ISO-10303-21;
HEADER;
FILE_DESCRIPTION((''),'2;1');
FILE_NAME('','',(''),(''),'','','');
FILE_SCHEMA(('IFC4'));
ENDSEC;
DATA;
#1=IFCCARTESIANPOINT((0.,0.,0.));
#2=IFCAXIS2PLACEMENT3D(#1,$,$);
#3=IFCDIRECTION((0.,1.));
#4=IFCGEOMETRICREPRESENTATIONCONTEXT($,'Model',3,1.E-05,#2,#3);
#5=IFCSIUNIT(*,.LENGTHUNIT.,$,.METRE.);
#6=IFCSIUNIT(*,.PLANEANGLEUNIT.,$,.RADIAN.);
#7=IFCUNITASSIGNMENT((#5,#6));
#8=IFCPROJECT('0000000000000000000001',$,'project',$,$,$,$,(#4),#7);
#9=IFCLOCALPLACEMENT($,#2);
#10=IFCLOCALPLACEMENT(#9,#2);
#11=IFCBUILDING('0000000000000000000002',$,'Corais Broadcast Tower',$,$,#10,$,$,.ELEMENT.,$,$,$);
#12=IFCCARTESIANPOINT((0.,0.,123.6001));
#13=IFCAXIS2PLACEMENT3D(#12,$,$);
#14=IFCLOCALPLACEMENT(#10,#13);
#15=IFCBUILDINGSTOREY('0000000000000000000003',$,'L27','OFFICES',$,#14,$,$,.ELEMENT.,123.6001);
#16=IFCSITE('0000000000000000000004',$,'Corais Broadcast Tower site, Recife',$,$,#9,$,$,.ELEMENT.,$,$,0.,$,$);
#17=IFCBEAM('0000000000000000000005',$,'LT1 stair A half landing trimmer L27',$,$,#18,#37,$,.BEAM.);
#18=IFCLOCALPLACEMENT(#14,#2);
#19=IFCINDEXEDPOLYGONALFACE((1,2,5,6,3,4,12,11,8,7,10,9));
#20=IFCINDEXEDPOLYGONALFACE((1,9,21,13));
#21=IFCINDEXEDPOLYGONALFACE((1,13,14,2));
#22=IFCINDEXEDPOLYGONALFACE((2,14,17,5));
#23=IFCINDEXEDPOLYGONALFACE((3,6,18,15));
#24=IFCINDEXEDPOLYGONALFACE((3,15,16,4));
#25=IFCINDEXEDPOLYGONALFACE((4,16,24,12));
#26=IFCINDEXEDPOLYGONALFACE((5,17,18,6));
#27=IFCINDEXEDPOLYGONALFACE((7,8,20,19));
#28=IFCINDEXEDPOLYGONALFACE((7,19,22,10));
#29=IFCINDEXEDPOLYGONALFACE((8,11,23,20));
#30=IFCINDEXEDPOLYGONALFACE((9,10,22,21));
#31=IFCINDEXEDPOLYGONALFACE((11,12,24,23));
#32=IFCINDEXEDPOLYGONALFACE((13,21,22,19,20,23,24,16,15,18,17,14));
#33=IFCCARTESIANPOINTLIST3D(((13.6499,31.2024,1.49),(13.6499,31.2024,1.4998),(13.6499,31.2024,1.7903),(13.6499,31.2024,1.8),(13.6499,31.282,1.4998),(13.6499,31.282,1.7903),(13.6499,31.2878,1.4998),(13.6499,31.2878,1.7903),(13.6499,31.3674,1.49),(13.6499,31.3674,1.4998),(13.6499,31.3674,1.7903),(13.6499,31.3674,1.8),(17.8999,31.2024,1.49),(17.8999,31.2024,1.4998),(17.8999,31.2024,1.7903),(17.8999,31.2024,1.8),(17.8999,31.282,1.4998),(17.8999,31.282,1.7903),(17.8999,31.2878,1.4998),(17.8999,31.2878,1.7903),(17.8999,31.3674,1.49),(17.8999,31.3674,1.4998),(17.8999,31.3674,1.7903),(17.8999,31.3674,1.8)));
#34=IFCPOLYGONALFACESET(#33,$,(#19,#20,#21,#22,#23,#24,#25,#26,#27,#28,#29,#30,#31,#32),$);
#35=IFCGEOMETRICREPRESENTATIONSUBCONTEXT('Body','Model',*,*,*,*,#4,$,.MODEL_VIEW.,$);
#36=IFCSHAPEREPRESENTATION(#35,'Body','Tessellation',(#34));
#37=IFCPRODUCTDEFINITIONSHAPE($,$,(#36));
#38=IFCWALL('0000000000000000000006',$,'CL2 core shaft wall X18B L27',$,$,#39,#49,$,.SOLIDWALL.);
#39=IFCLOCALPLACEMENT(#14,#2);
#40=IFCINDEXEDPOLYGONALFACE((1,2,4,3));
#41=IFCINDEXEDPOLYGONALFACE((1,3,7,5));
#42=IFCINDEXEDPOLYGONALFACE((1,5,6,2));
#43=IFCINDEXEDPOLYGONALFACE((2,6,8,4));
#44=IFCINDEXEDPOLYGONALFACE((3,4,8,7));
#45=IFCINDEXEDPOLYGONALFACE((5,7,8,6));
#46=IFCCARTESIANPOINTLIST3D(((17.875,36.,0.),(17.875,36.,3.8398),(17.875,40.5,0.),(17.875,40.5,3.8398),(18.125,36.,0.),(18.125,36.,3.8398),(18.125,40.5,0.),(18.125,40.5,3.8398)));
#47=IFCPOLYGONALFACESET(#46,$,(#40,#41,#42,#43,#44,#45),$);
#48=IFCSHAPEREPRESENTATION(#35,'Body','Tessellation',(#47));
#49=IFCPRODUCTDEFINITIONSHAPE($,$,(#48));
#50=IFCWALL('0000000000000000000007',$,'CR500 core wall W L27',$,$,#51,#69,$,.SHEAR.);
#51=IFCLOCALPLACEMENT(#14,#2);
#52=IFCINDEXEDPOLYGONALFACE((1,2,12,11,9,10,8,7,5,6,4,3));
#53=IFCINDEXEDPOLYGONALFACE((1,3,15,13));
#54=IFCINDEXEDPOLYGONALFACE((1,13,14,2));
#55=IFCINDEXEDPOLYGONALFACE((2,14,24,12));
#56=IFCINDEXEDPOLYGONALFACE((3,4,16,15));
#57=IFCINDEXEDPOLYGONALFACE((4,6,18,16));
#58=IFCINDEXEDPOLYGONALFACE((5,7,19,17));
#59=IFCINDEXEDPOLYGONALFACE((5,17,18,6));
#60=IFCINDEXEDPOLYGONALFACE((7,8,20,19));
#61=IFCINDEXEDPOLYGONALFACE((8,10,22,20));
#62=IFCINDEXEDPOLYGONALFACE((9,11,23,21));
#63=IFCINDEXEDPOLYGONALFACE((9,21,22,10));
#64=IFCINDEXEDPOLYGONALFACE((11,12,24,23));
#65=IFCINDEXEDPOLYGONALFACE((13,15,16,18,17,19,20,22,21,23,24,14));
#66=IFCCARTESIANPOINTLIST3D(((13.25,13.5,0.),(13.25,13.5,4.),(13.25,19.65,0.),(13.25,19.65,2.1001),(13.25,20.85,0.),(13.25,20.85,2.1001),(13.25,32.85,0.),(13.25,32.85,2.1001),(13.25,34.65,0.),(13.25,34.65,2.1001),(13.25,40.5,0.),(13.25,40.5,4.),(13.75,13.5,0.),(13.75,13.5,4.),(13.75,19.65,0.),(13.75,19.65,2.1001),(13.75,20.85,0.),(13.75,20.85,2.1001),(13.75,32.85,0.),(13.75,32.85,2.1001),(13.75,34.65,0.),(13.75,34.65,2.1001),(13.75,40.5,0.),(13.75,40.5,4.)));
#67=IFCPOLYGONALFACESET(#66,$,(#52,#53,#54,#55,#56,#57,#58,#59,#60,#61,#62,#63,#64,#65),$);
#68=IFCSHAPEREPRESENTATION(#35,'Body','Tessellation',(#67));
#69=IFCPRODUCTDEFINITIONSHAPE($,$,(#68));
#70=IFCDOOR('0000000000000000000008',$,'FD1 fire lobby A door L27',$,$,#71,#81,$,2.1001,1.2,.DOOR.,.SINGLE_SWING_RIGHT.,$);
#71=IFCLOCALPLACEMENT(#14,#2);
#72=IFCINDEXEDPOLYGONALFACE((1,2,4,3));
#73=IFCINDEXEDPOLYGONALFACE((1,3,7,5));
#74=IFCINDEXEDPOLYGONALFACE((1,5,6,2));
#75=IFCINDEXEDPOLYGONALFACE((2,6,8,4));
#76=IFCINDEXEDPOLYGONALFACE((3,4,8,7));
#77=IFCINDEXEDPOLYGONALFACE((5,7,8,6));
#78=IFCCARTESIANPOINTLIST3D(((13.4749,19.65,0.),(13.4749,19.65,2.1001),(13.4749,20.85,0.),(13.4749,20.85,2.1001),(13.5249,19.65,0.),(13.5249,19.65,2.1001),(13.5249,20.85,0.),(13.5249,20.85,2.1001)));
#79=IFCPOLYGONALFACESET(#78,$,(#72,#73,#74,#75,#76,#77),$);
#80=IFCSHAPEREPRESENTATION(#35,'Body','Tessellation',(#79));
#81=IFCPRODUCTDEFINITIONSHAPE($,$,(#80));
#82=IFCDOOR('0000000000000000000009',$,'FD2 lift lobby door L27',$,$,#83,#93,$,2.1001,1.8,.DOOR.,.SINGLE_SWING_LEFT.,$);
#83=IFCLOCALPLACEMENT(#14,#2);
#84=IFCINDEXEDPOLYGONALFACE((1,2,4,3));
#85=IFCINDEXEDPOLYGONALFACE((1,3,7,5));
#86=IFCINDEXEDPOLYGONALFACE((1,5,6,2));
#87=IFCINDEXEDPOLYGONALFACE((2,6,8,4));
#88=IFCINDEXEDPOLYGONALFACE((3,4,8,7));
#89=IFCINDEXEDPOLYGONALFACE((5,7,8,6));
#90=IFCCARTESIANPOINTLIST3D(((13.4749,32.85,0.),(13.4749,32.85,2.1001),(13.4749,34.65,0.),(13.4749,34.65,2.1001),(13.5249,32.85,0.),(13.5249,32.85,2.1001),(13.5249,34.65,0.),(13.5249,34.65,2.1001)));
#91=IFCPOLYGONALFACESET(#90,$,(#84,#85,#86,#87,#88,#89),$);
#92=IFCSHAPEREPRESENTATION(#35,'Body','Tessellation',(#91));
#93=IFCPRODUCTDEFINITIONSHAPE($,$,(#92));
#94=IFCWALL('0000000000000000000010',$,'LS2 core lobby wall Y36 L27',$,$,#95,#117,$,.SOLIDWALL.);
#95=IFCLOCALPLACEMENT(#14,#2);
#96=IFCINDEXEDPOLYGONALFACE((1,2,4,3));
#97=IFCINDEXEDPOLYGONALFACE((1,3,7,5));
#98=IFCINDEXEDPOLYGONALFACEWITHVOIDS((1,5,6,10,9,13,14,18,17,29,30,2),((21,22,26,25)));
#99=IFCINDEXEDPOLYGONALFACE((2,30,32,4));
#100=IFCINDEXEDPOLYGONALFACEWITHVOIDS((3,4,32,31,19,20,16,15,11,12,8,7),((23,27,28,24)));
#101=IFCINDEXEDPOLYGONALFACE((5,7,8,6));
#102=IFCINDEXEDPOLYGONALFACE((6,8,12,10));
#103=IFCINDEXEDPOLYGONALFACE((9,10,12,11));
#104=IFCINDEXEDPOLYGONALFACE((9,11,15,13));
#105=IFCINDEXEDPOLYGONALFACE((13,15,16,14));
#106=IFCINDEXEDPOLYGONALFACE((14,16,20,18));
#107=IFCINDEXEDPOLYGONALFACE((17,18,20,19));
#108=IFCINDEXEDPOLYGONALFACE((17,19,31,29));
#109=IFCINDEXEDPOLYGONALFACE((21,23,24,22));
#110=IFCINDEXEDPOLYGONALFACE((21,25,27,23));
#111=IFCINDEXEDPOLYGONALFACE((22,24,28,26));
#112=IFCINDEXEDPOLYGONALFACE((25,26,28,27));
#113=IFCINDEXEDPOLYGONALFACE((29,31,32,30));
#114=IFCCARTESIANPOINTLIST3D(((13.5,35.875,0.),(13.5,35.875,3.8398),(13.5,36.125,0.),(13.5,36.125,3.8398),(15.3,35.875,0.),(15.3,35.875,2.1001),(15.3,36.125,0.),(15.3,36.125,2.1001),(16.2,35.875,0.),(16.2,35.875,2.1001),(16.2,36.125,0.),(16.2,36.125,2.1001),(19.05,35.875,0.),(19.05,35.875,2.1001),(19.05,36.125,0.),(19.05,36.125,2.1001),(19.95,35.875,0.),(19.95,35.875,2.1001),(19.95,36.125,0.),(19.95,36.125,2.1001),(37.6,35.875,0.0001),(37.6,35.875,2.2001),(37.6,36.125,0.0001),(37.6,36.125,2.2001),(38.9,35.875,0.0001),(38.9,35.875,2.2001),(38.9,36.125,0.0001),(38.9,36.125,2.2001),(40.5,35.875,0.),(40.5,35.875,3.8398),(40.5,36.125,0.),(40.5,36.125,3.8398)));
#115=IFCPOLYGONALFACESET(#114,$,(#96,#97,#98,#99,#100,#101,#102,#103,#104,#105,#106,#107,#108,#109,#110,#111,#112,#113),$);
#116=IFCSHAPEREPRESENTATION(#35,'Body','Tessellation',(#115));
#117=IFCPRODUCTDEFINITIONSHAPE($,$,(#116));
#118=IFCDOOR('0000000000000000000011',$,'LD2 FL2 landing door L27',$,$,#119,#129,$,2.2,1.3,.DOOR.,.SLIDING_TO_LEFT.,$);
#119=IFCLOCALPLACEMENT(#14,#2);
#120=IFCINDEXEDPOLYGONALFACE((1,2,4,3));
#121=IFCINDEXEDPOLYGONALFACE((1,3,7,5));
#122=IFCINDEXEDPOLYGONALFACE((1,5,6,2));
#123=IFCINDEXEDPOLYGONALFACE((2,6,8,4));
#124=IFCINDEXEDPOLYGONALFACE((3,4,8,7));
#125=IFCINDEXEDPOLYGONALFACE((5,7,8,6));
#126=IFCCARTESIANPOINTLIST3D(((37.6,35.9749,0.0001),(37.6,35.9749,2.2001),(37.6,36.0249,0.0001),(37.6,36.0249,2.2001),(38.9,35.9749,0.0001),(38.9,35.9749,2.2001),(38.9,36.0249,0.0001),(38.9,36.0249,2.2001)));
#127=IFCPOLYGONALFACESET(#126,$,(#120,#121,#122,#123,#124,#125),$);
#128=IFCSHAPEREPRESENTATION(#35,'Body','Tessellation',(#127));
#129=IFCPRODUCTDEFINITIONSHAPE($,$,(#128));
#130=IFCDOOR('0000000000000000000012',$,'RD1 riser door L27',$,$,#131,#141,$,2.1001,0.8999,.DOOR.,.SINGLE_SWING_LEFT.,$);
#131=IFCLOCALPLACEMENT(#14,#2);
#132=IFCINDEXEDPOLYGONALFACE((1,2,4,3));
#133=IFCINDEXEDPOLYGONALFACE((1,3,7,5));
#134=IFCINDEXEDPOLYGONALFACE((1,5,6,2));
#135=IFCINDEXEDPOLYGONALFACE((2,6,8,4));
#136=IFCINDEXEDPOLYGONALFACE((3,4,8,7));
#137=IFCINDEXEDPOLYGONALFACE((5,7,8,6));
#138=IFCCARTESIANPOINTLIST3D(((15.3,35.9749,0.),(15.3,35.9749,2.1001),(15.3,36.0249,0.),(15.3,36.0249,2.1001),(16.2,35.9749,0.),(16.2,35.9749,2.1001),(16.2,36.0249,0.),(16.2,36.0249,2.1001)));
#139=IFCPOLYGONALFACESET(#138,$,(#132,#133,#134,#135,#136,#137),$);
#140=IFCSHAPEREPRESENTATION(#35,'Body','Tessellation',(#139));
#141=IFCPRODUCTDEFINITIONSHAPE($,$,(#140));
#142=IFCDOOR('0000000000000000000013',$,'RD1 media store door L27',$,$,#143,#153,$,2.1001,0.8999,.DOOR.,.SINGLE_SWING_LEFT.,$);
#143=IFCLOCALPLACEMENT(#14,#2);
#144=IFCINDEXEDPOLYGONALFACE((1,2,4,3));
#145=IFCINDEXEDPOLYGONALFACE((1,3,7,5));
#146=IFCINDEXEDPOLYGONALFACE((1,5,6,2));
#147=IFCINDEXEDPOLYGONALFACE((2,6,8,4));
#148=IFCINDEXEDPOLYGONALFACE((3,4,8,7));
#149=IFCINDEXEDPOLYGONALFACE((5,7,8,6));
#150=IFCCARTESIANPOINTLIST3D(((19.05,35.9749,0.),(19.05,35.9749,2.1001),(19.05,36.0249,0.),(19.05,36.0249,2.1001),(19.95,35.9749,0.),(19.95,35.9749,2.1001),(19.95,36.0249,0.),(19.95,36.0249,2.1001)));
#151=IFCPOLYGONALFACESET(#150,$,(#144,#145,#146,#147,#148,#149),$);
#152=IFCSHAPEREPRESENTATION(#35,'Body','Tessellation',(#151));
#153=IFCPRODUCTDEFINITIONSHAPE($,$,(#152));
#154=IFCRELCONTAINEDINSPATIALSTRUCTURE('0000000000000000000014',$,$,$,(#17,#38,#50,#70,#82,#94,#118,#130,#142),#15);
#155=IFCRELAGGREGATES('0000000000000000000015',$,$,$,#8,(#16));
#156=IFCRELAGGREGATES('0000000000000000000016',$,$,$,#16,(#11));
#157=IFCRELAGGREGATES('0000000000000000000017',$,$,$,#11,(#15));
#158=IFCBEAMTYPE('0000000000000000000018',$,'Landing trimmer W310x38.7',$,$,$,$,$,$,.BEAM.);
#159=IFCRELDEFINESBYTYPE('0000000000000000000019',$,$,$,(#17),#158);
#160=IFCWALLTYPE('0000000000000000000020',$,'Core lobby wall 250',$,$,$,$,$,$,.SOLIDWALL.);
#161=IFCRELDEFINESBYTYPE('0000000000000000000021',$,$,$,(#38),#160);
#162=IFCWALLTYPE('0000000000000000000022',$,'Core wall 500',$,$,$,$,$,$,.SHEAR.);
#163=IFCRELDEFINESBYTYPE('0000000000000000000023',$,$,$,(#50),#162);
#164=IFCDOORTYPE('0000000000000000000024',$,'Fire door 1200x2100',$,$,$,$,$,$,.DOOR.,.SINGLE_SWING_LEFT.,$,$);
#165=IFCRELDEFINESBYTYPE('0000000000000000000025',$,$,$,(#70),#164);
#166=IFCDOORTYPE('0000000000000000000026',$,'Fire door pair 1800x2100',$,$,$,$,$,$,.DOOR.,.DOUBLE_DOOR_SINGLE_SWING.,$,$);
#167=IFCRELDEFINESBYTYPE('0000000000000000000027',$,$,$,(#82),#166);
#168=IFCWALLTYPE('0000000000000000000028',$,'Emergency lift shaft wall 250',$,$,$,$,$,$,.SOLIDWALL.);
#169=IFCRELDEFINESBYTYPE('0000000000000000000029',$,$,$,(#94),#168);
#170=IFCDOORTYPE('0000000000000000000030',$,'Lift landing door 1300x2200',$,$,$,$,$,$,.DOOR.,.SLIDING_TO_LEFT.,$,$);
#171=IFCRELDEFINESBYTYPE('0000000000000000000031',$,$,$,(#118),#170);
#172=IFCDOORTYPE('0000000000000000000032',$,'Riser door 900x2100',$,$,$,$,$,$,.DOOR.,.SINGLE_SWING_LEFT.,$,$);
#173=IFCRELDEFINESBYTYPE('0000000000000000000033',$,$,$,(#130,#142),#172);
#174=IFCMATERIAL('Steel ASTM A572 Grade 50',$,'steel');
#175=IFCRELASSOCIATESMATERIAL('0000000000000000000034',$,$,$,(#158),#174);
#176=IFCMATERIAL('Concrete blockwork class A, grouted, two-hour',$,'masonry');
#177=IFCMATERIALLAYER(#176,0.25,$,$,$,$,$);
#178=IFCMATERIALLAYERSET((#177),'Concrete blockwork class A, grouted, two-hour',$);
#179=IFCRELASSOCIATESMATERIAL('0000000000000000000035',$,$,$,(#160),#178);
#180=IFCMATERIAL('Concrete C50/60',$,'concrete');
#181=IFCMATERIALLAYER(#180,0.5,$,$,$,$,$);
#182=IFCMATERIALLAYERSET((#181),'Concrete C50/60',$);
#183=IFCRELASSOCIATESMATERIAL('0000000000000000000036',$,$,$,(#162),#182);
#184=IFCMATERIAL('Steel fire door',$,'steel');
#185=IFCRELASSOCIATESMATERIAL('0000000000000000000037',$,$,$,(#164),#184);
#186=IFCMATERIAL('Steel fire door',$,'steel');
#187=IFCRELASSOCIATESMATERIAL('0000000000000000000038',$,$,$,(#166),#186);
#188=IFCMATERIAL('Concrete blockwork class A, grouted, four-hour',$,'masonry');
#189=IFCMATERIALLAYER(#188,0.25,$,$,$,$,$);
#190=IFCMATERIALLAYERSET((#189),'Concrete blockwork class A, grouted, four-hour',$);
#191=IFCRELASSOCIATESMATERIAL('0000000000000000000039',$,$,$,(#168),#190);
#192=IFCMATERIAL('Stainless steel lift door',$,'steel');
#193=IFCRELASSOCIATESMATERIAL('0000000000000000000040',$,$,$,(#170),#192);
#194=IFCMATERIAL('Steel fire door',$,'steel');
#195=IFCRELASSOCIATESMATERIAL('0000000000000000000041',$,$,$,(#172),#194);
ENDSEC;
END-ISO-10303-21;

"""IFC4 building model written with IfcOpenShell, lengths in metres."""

from ifc_helpers import new_model, si_unit, direction, frame, frame_2d, origin, origin_2d, place, context, subcontext, project, spatial, rectangle, i_section, extrude, material, layer, layer_set, material_profile, profile_set, type_object, element, fill, save


model = new_model("IFC4")

# Units and contexts
model_context = context("Model", 3, precision=1e-05, world=origin(), true_north=direction((0.0, 1.0)))
body_context = subcontext(model_context, "Body", "Model", "MODEL_VIEW")
ifc_project = project(units=[si_unit("LENGTHUNIT", "METRE"), si_unit("PLANEANGLEUNIT", "RADIAN")], contexts=[model_context])

# Site, building, storey
site_placement = place(None, origin())
site = spatial("IfcSite", under=ifc_project, at=site_placement, Name="Corais Broadcast Tower site, Recife", CompositionType="ELEMENT", RefElevation=0.0)
building_placement = place(site_placement, origin())
building = spatial("IfcBuilding", under=site, at=building_placement, Name="Corais Broadcast Tower", CompositionType="ELEMENT")
storey_placement = place(building_placement, frame((0.0, 0.0, 123.6001)))
storey = spatial("IfcBuildingStorey", under=building, at=storey_placement, Name="L27", Description="OFFICES", CompositionType="ELEMENT", Elevation=123.6001)

# Beam
ifc_material_1 = material(Name="Steel ASTM A572 Grade 50", Category="steel")
ifc_material_profile = material_profile(ifc_material_1, i_section(OverallWidth=0.165, OverallDepth=0.3101, WebThickness=0.0059, FlangeThickness=0.0098, at=origin_2d()), Name="W310x38.7")
ifc_profile_set = profile_set([ifc_material_profile], Name="Steel ASTM A572 Grade 50")
beam_type = type_object("IfcBeamType", Name="Landing trimmer W310x38.7", PredefinedType="BEAM", material=ifc_profile_set)
beam_placement = place(storey_placement, frame((13.6499, 31.2849, 1.645), z_axis=(1.0, 0.0, 0.0), x_axis=(0.0, 1.0, 0.0)))
element("IfcBeam", 1, at=beam_placement, inside=storey, type_object=beam_type, Name="LT1 stair A half landing trimmer L27", PredefinedType="BEAM", context=body_context, shape_type="SweptSolid", body=[
    extrude(i_section(OverallWidth=0.165, OverallDepth=0.3101, WebThickness=0.0059, FlangeThickness=0.0098, at=origin_2d()), origin(), (0.0, 0.0, 1.0), 4.25),
])

# Wall
ifc_material_2 = material(Name="Concrete blockwork class A, grouted, two-hour", Category="masonry")
ifc_layer_1 = layer(ifc_material_2, 0.25)
ifc_layer_set_1 = layer_set([ifc_layer_1], Name="Concrete blockwork class A, grouted, two-hour")
wall_type_1 = type_object("IfcWallType", Name="Core lobby wall 250", PredefinedType="SOLIDWALL", material=ifc_layer_set_1)
wall_1_placement = place(storey_placement, frame((18.0, 36.0, 0.0), z_axis=(0.0, 0.0, 1.0), x_axis=(0.0, 1.0, 0.0)))
element("IfcWall", 2, at=wall_1_placement, inside=storey, type_object=wall_type_1, Name="CL2 core shaft wall X18B L27", PredefinedType="SOLIDWALL", context=body_context, shape_type="SweptSolid", body=[
    extrude(rectangle(XDim=4.5, YDim=0.25, at=frame_2d((2.25, 0.0))), origin(), (0.0, 0.0, 1.0), 3.8398),
])

# Walls, openings, doors
ifc_material_3 = material(Name="Concrete C50/60", Category="concrete")
ifc_layer_2 = layer(ifc_material_3, 0.5)
ifc_layer_set_2 = layer_set([ifc_layer_2], Name="Concrete C50/60")
wall_type_2 = type_object("IfcWallType", Name="Core wall 500", PredefinedType="SHEAR", material=ifc_layer_set_2)
wall_2_placement = place(storey_placement, frame((13.5, 40.5, 0.0), z_axis=(0.0, 0.0, 1.0), x_axis=(0.0, -1.0, 0.0)))
wall_2 = element("IfcWall", 3, at=wall_2_placement, inside=storey, type_object=wall_type_2, Name="CR500 core wall W L27", PredefinedType="SHEAR", context=body_context, shape_type="SweptSolid", body=[
    extrude(rectangle(XDim=27.0, YDim=0.5, at=frame_2d((13.5, 0.0))), origin(), (0.0, 0.0, 1.0), 4.0),
])
opening_1_placement = place(wall_2_placement, frame((19.6499, 0.0, 0.0)))
opening_1 = element("IfcOpeningElement", 4, at=opening_1_placement, cuts=wall_2, PredefinedType="OPENING", context=body_context, shape_type="SweptSolid", body=[
    extrude(rectangle(XDim=1.2, YDim=2.1001, at=frame_2d((0.6001, 1.05))), frame((0.0, 0.26, 0.0), z_axis=(0.0, -1.0, 0.0), x_axis=(1.0, 0.0, 0.0)), (0.0, 0.0, 1.0), 0.52),
])
opening_2_placement = place(wall_2_placement, frame((5.8501, 0.0, 0.0)))
opening_2 = element("IfcOpeningElement", 5, at=opening_2_placement, cuts=wall_2, PredefinedType="OPENING", context=body_context, shape_type="SweptSolid", body=[
    extrude(rectangle(XDim=1.8, YDim=2.1001, at=frame_2d((0.8999, 1.05))), frame((0.0, 0.26, 0.0), z_axis=(0.0, -1.0, 0.0), x_axis=(1.0, 0.0, 0.0)), (0.0, 0.0, 1.0), 0.52),
])
ifc_material_4 = material(Name="Steel fire door", Category="steel")
door_type_1 = type_object("IfcDoorType", Name="Fire door 1200x2100", OperationType="SINGLE_SWING_LEFT", PredefinedType="DOOR", material=ifc_material_4)
door_1_placement = place(opening_1_placement, origin())
door_1 = element("IfcDoor", 6, at=door_1_placement, inside=storey, type_object=door_type_1, Name="FD1 fire lobby A door L27", OperationType="SINGLE_SWING_RIGHT", OverallHeight=2.1001, OverallWidth=1.2, PredefinedType="DOOR", context=body_context, shape_type="SweptSolid", body=[
    extrude(rectangle(XDim=1.2, YDim=2.1001, at=frame_2d((0.6001, 1.05))), frame((0.0, 0.0249, 0.0), z_axis=(0.0, -1.0, 0.0), x_axis=(1.0, 0.0, 0.0)), (0.0, 0.0, 1.0), 0.05),
])
fill(opening_1, door_1)
ifc_material_5 = material(Name="Steel fire door", Category="steel")
door_type_2 = type_object("IfcDoorType", Name="Fire door pair 1800x2100", OperationType="DOUBLE_DOOR_SINGLE_SWING", PredefinedType="DOOR", material=ifc_material_5)
door_2_placement = place(opening_2_placement, origin())
door_2 = element("IfcDoor", 7, at=door_2_placement, inside=storey, type_object=door_type_2, Name="FD2 lift lobby door L27", OperationType="SINGLE_SWING_LEFT", OverallHeight=2.1001, OverallWidth=1.8, PredefinedType="DOOR", context=body_context, shape_type="SweptSolid", body=[
    extrude(rectangle(XDim=1.8, YDim=2.1001, at=frame_2d((0.8999, 1.05))), frame((0.0, 0.0249, 0.0), z_axis=(0.0, -1.0, 0.0), x_axis=(1.0, 0.0, 0.0)), (0.0, 0.0, 1.0), 0.05),
])
fill(opening_2, door_2)
ifc_material_6 = material(Name="Concrete blockwork class A, grouted, four-hour", Category="masonry")
ifc_layer_3 = layer(ifc_material_6, 0.25)
ifc_layer_set_3 = layer_set([ifc_layer_3], Name="Concrete blockwork class A, grouted, four-hour")
wall_type_3 = type_object("IfcWallType", Name="Emergency lift shaft wall 250", PredefinedType="SOLIDWALL", material=ifc_layer_set_3)
wall_3_placement = place(storey_placement, frame((13.5, 36.0, 0.0), z_axis=(0.0, 0.0, 1.0), x_axis=(1.0, 0.0, 0.0)))
wall_3 = element("IfcWall", 8, at=wall_3_placement, inside=storey, type_object=wall_type_3, Name="LS2 core lobby wall Y36 L27", PredefinedType="SOLIDWALL", context=body_context, shape_type="SweptSolid", body=[
    extrude(rectangle(XDim=27.0, YDim=0.25, at=frame_2d((13.5, 0.0))), origin(), (0.0, 0.0, 1.0), 3.8398),
])
opening_3_placement = place(wall_3_placement, frame((1.8, 0.0, 0.0)))
opening_3 = element("IfcOpeningElement", 9, at=opening_3_placement, cuts=wall_3, PredefinedType="OPENING", context=body_context, shape_type="SweptSolid", body=[
    extrude(rectangle(XDim=0.8999, YDim=2.1001, at=frame_2d((0.45, 1.05))), frame((0.0, 0.135, 0.0), z_axis=(0.0, -1.0, 0.0), x_axis=(1.0, 0.0, 0.0)), (0.0, 0.0, 1.0), 0.27),
])
opening_4_placement = place(wall_3_placement, frame((5.55, 0.0, 0.0)))
opening_4 = element("IfcOpeningElement", 10, at=opening_4_placement, cuts=wall_3, PredefinedType="OPENING", context=body_context, shape_type="SweptSolid", body=[
    extrude(rectangle(XDim=0.8999, YDim=2.1001, at=frame_2d((0.45, 1.05))), frame((0.0, 0.135, 0.0), z_axis=(0.0, -1.0, 0.0), x_axis=(1.0, 0.0, 0.0)), (0.0, 0.0, 1.0), 0.27),
])
opening_5_placement = place(wall_3_placement, frame((24.1001, 0.0, 0.0)))
opening_5 = element("IfcOpeningElement", 11, at=opening_5_placement, cuts=wall_3, PredefinedType="OPENING", context=body_context, shape_type="SweptSolid", body=[
    extrude(rectangle(XDim=1.3, YDim=2.2, at=frame_2d((0.6499, 1.1001))), frame((0.0, 0.135, 0.0), z_axis=(0.0, -1.0, 0.0), x_axis=(1.0, 0.0, 0.0)), (0.0, 0.0, 1.0), 0.27),
])
ifc_material_7 = material(Name="Stainless steel lift door", Category="steel")
door_type_3 = type_object("IfcDoorType", Name="Lift landing door 1300x2200", OperationType="SLIDING_TO_LEFT", PredefinedType="DOOR", material=ifc_material_7)
door_3_placement = place(opening_5_placement, origin())
door_3 = element("IfcDoor", 12, at=door_3_placement, inside=storey, type_object=door_type_3, Name="LD2 FL2 landing door L27", OperationType="SLIDING_TO_LEFT", OverallHeight=2.2, OverallWidth=1.3, PredefinedType="DOOR", context=body_context, shape_type="SweptSolid", body=[
    extrude(rectangle(XDim=1.3, YDim=2.2, at=frame_2d((0.6499, 1.1001))), frame((0.0, 0.0249, 0.0), z_axis=(0.0, -1.0, 0.0), x_axis=(1.0, 0.0, 0.0)), (0.0, 0.0, 1.0), 0.05),
])
fill(opening_5, door_3)
ifc_material_8 = material(Name="Steel fire door", Category="steel")
door_type_4 = type_object("IfcDoorType", Name="Riser door 900x2100", OperationType="SINGLE_SWING_LEFT", PredefinedType="DOOR", material=ifc_material_8)
door_4_placement = place(opening_3_placement, origin())
door_4 = element("IfcDoor", 13, at=door_4_placement, inside=storey, type_object=door_type_4, Name="RD1 riser door L27", OperationType="SINGLE_SWING_LEFT", OverallHeight=2.1001, OverallWidth=0.8999, PredefinedType="DOOR", context=body_context, shape_type="SweptSolid", body=[
    extrude(rectangle(XDim=0.8999, YDim=2.1001, at=frame_2d((0.45, 1.05))), frame((0.0, 0.0249, 0.0), z_axis=(0.0, -1.0, 0.0), x_axis=(1.0, 0.0, 0.0)), (0.0, 0.0, 1.0), 0.05),
])
fill(opening_3, door_4)
door_5_placement = place(opening_4_placement, origin())
door_5 = element("IfcDoor", 14, at=door_5_placement, inside=storey, type_object=door_type_4, Name="RD1 media store door L27", OperationType="SINGLE_SWING_LEFT", OverallHeight=2.1001, OverallWidth=0.8999, PredefinedType="DOOR", context=body_context, shape_type="SweptSolid", body=[
    extrude(rectangle(XDim=0.8999, YDim=2.1001, at=frame_2d((0.45, 1.05))), frame((0.0, 0.0249, 0.0), z_axis=(0.0, -1.0, 0.0), x_axis=(1.0, 0.0, 0.0)), (0.0, 0.0, 1.0), 0.05),
])
fill(opening_4, door_5)

save(model, "model.ifc")
